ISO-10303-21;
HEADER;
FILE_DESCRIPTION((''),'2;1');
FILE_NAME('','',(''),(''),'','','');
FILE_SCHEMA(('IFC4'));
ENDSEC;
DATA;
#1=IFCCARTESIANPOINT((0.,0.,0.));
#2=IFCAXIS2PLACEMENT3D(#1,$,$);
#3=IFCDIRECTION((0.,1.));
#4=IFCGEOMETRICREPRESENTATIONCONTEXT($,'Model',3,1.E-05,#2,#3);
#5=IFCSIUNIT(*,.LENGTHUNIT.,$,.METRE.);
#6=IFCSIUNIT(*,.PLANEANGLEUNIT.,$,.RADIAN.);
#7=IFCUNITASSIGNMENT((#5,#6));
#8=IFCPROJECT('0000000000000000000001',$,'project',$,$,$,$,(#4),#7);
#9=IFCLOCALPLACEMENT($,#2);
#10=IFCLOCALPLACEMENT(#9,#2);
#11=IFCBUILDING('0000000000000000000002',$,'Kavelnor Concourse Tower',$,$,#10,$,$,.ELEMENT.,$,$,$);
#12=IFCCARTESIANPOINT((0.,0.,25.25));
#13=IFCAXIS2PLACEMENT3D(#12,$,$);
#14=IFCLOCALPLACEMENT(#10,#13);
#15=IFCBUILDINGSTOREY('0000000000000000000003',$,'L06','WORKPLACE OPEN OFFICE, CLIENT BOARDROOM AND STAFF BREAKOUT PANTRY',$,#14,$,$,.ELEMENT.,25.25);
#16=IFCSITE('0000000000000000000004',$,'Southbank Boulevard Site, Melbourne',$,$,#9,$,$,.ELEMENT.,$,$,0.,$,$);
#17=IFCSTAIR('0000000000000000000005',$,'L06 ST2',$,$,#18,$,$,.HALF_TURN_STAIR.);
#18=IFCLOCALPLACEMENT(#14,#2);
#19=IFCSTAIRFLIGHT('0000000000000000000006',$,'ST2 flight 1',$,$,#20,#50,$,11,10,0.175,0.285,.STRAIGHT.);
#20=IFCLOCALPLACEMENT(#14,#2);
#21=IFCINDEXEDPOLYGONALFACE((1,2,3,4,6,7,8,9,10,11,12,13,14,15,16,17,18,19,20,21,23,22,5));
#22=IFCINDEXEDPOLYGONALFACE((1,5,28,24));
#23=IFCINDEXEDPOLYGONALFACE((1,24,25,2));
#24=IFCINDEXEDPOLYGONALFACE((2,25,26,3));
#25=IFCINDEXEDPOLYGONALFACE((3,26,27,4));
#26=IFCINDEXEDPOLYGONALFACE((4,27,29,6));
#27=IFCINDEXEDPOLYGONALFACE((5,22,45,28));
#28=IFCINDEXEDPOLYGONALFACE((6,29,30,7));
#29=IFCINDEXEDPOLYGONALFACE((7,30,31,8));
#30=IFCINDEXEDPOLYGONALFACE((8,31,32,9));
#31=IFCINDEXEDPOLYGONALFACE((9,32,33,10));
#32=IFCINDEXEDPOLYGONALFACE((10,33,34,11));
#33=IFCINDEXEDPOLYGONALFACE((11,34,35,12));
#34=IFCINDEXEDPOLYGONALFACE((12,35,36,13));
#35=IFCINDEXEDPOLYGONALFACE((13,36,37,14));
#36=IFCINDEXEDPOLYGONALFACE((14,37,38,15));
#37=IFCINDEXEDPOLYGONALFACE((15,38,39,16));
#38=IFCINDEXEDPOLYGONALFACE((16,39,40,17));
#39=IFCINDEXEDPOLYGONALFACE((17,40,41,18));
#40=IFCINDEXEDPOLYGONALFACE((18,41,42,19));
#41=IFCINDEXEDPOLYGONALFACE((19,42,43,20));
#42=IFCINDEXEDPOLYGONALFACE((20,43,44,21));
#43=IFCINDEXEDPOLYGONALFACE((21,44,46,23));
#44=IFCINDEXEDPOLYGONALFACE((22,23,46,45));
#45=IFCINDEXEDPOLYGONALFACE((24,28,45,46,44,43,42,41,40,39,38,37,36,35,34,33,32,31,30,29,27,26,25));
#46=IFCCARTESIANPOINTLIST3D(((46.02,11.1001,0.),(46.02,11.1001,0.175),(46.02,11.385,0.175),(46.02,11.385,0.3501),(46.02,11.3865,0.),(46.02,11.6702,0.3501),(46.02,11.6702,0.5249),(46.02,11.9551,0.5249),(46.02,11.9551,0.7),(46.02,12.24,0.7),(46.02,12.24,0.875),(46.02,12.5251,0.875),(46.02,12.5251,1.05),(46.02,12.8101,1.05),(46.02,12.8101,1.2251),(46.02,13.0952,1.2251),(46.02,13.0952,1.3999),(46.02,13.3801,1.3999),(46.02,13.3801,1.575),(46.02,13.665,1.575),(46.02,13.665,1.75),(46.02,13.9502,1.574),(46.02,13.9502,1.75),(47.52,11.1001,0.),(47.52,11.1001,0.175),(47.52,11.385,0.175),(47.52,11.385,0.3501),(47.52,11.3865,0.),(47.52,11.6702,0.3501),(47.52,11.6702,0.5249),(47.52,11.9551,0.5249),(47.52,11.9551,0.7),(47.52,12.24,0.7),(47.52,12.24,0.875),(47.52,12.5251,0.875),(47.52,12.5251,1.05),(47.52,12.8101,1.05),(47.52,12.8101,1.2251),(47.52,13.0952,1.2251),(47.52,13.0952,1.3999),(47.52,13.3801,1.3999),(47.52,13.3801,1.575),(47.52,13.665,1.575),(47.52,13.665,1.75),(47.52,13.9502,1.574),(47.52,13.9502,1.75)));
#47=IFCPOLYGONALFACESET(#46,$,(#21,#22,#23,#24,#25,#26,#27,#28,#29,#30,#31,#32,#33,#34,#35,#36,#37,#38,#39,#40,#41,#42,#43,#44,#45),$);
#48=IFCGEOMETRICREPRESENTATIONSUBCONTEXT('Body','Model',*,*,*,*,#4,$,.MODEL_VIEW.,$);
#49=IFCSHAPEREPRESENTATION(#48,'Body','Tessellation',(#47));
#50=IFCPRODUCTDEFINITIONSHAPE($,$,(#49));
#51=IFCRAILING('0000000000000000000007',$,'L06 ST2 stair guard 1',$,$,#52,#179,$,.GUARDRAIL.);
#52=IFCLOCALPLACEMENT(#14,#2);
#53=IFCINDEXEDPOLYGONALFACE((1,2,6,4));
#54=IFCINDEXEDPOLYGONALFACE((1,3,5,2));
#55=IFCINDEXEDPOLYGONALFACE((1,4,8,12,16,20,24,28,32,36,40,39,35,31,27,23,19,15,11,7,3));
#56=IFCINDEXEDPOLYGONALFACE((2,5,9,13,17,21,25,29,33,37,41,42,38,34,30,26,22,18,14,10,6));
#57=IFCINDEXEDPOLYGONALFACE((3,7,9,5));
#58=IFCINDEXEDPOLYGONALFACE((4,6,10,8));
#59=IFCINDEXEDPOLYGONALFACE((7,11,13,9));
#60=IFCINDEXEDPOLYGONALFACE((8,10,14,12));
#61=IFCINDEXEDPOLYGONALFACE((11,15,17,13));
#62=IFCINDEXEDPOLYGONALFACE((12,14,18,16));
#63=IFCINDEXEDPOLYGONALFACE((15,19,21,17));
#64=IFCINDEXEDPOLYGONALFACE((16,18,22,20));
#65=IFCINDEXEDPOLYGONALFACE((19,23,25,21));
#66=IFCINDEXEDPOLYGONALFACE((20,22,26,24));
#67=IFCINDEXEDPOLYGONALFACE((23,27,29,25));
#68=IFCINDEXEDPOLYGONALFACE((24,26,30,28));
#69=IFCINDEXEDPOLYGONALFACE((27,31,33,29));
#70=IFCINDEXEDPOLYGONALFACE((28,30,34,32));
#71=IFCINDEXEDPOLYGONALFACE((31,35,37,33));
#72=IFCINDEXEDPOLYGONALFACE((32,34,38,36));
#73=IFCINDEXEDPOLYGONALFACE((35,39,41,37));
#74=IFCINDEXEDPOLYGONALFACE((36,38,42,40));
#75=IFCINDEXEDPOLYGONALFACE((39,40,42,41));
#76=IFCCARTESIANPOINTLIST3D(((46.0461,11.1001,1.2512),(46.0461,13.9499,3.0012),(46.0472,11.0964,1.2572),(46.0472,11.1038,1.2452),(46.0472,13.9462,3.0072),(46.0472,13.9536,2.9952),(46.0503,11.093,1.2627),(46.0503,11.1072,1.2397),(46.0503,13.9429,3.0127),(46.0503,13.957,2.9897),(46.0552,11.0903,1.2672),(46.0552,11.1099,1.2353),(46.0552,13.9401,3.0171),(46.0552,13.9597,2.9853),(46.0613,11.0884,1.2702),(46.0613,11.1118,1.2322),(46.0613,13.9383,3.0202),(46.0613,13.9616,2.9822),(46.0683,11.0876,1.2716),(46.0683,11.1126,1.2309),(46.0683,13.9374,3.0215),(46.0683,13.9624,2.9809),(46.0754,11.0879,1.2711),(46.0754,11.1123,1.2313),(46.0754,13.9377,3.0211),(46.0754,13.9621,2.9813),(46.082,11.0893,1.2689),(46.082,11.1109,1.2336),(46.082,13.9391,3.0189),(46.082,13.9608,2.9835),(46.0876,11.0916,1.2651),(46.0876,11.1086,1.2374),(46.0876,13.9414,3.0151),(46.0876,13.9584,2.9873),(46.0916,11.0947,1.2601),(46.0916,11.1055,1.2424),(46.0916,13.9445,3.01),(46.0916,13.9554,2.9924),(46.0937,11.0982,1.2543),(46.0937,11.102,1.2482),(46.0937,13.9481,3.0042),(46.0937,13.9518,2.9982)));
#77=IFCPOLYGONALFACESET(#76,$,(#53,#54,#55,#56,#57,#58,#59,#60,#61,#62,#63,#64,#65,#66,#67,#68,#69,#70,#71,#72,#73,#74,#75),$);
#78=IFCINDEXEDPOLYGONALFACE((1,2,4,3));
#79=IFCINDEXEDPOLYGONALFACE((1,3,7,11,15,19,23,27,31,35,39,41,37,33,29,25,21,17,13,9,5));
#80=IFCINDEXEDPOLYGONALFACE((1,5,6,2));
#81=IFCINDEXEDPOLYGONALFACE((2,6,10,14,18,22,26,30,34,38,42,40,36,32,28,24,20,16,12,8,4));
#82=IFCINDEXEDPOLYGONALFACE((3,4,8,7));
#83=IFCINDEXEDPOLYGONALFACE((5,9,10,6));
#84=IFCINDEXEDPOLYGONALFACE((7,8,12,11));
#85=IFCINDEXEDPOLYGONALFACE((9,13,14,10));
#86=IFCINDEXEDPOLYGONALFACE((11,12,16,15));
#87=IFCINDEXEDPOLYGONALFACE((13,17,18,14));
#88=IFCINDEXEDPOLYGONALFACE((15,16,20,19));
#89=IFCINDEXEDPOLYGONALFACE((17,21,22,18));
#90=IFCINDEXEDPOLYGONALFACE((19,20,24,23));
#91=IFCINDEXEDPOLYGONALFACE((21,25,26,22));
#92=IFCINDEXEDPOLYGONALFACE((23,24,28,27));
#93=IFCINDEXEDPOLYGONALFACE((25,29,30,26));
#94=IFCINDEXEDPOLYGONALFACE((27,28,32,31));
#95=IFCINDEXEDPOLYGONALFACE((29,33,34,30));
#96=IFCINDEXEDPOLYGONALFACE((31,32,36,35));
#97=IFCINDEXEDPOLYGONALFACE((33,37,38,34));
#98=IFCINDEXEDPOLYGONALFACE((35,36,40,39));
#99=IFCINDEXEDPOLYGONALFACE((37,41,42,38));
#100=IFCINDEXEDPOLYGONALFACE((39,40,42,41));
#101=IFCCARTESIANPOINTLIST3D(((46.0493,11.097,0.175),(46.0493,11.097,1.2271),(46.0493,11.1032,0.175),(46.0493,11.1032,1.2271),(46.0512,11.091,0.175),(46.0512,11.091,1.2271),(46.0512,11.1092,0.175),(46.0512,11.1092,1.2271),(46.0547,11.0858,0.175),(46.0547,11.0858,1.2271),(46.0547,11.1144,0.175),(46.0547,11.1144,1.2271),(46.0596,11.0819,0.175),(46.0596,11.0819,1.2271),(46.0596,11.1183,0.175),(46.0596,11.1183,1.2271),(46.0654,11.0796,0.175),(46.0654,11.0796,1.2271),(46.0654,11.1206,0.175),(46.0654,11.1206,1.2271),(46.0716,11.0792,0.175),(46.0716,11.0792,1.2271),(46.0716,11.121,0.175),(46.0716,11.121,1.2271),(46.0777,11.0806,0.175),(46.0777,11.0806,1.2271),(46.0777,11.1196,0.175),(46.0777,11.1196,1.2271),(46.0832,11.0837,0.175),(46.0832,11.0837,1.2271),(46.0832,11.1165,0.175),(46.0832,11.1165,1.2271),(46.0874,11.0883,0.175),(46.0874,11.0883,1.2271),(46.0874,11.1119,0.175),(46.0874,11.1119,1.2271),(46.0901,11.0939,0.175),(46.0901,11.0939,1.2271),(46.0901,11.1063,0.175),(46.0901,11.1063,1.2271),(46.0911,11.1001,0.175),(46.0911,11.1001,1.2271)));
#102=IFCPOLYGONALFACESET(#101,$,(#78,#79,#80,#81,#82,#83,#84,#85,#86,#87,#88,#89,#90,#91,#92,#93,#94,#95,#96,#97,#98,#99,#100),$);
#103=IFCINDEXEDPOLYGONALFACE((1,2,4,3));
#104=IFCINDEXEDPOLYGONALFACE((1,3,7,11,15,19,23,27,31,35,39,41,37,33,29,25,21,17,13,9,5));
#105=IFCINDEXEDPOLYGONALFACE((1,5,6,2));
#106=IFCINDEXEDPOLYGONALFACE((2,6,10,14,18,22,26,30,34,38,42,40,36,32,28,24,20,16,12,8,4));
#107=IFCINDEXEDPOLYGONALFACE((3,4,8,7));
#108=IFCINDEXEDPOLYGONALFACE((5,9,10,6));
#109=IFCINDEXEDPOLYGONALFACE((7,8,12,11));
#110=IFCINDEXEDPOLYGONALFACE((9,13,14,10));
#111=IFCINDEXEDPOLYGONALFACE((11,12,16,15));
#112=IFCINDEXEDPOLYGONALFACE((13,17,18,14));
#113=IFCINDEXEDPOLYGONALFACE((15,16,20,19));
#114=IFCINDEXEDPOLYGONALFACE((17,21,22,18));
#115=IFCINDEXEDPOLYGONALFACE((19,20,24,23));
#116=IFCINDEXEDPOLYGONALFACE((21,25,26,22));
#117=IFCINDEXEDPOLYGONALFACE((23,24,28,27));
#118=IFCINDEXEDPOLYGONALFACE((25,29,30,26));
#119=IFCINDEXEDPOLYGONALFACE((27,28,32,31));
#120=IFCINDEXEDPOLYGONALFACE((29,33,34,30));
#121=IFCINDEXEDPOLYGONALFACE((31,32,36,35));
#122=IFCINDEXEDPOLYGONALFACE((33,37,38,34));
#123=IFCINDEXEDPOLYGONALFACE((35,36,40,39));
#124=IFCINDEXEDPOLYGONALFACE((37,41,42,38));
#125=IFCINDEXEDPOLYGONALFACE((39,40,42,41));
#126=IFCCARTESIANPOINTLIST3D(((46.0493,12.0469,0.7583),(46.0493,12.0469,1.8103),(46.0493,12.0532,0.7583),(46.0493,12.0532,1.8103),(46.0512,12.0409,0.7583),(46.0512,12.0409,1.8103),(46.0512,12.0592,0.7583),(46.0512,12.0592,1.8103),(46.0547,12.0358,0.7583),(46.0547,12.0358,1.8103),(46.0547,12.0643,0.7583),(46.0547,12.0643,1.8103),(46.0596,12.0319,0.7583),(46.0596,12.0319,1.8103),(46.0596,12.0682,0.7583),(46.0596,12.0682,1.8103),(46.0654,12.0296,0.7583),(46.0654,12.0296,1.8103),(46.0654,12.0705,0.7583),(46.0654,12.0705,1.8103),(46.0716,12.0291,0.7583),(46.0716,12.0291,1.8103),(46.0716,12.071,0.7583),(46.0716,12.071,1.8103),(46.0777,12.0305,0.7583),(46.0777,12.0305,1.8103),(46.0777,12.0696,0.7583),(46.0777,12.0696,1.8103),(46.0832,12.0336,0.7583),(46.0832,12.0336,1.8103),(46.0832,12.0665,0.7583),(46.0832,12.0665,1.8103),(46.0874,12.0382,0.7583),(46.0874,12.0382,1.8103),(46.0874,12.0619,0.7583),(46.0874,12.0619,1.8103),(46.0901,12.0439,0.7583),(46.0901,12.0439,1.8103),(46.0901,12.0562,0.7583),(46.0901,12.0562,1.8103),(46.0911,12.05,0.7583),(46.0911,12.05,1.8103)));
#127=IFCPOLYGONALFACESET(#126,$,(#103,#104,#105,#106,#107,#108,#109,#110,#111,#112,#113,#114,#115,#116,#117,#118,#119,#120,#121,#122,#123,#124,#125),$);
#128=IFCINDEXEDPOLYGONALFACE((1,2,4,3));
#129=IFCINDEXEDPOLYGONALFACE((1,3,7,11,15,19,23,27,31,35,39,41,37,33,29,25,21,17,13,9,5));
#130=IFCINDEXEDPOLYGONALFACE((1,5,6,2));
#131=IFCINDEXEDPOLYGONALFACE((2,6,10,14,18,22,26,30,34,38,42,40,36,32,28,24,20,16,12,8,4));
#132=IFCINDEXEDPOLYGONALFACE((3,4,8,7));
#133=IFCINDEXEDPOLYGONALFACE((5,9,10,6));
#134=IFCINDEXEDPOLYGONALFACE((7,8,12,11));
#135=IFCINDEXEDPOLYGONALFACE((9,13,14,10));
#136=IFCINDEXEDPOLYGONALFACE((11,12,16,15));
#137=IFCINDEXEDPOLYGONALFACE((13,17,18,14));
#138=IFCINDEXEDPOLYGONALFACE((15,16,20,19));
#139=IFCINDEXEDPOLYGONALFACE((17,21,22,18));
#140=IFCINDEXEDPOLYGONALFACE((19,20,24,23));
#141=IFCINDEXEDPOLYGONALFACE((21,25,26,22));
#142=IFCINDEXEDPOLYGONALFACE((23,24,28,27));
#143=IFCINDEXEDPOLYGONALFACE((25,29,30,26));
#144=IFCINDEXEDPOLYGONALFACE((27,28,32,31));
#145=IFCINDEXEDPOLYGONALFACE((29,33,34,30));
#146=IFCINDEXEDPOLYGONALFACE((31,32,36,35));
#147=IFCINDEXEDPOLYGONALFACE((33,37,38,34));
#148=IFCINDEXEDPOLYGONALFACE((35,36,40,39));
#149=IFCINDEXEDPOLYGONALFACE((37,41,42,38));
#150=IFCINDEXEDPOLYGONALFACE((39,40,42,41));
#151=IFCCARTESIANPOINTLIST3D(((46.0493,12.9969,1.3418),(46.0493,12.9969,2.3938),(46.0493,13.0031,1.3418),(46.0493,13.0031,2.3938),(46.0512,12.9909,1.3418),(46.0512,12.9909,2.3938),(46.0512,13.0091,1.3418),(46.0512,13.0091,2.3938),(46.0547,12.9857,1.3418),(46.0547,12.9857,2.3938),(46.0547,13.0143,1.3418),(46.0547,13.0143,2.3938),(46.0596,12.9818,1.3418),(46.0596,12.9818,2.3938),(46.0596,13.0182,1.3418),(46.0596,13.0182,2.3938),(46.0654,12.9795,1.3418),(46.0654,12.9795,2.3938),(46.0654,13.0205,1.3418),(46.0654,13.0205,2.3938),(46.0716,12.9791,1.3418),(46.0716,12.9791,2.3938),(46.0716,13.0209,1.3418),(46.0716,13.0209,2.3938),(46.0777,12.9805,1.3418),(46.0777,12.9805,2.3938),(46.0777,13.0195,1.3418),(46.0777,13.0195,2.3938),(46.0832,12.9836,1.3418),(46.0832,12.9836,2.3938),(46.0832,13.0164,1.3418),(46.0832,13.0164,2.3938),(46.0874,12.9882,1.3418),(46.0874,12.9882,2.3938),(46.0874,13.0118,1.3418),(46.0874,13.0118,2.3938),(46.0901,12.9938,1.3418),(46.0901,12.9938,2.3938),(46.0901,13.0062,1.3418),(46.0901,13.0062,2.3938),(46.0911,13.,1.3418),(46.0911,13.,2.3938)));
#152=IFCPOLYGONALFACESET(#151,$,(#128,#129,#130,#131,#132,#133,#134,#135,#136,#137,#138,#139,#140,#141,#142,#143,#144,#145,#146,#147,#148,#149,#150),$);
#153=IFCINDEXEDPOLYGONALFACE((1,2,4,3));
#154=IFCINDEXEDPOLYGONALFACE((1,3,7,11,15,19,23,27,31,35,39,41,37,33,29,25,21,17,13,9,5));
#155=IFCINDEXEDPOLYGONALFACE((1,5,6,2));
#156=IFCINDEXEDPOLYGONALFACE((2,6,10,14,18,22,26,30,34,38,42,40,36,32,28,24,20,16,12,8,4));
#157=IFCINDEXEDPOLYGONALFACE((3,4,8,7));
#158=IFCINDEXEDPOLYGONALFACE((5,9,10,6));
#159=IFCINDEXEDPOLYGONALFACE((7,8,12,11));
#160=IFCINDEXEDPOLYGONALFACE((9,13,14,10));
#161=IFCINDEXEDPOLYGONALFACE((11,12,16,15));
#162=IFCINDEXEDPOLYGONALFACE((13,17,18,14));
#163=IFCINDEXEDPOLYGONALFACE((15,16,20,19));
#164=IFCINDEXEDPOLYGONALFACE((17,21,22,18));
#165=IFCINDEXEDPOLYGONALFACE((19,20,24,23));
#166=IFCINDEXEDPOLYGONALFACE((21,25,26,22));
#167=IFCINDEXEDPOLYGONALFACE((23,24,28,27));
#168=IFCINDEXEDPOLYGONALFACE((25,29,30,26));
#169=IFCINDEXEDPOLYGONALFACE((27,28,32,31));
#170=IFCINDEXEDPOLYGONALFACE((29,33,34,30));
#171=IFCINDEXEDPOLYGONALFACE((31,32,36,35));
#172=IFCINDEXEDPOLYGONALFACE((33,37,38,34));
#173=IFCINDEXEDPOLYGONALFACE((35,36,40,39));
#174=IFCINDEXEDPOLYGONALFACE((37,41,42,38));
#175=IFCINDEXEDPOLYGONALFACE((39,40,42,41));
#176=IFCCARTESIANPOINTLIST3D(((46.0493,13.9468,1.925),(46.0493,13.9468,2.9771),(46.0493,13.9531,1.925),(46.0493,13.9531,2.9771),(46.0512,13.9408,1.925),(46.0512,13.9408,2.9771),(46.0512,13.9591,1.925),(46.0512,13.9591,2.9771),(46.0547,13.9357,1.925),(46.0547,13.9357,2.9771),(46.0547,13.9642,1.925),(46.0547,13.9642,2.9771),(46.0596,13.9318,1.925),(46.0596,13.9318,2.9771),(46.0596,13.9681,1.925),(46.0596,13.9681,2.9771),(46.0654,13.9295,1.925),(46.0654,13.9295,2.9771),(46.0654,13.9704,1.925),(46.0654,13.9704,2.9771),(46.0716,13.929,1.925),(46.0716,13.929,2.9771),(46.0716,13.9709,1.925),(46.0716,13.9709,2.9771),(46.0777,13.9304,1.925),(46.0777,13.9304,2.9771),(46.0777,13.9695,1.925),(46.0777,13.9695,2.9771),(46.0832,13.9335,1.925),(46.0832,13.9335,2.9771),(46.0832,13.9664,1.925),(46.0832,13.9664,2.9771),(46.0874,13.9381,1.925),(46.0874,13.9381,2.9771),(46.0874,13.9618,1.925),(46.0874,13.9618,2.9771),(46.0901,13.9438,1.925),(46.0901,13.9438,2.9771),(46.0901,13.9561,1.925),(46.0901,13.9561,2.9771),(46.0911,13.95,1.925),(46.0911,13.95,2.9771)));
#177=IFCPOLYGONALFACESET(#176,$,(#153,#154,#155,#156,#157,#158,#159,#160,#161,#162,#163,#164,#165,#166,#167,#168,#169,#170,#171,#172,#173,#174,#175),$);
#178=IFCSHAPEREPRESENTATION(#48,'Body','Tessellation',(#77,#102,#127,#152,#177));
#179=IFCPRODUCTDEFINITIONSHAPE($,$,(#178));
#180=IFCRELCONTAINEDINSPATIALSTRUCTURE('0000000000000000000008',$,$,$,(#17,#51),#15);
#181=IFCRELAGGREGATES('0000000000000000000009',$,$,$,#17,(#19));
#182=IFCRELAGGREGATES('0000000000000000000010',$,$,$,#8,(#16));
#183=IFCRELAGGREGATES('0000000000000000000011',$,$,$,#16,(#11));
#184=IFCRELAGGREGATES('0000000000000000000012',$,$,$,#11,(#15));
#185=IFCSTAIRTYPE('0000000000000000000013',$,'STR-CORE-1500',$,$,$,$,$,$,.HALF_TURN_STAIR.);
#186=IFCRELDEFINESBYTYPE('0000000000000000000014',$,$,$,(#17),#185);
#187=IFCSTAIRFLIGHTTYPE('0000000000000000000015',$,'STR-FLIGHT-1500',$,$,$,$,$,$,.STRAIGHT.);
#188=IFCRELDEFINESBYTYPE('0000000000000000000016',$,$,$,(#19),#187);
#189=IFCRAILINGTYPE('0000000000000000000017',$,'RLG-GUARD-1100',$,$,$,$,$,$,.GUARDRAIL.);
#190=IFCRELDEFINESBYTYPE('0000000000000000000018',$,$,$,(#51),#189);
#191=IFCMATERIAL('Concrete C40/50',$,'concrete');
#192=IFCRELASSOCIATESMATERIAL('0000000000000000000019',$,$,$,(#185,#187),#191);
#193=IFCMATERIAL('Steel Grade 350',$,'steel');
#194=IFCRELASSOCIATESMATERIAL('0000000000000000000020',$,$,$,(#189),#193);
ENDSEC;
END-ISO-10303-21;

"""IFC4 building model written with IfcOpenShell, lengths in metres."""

from ifc_helpers import new_model, si_unit, direction, frame, origin, origin_2d, place, context, subcontext, project, spatial, polyline, circle, outline, extrude, material, type_object, element, aggregate, save


model = new_model("IFC4")

# Units and contexts
model_context = context("Model", 3, precision=1e-05, world=origin(), true_north=direction((0.0, 1.0)))
body_context = subcontext(model_context, "Body", "Model", "MODEL_VIEW")
ifc_project = project(units=[si_unit("LENGTHUNIT", "METRE"), si_unit("PLANEANGLEUNIT", "RADIAN")], contexts=[model_context])

# Site, building, storey
site_placement = place(None, origin())
site = spatial("IfcSite", under=ifc_project, at=site_placement, Name="Southbank Boulevard Site, Melbourne", CompositionType="ELEMENT", RefElevation=0.0)
building_placement = place(site_placement, origin())
building = spatial("IfcBuilding", under=site, at=building_placement, Name="Kavelnor Concourse Tower", CompositionType="ELEMENT")
storey_placement = place(building_placement, frame((0.0, 0.0, 25.25)))
storey = spatial("IfcBuildingStorey", under=building, at=storey_placement, Name="L06", Description="WORKPLACE OPEN OFFICE, CLIENT BOARDROOM AND STAFF BREAKOUT PANTRY", CompositionType="ELEMENT", Elevation=25.25)

# Shared definitions
ifc_material_1 = material(Name="Steel Grade 350", Category="steel")

# Stair, stair flight
ifc_material_2 = material(Name="Concrete C40/50", Category="concrete")
stair_type = type_object("IfcStairType", Name="STR-CORE-1500", PredefinedType="HALF_TURN_STAIR", material=ifc_material_2)
stair_placement = place(storey_placement, origin())
stair = element("IfcStair", 1, at=stair_placement, inside=storey, type_object=stair_type, Name="L06 ST2", PredefinedType="HALF_TURN_STAIR")
stair_flight_type = type_object("IfcStairFlightType", Name="STR-FLIGHT-1500", PredefinedType="STRAIGHT", material=ifc_material_2)
stair_flight_placement = place(storey_placement, frame((46.77, 11.1001, 0.0), z_axis=(0.0, 0.0, 1.0), x_axis=(0.0, 1.0, 0.0)))
stair_flight = element("IfcStairFlight", 2, at=stair_flight_placement, type_object=stair_flight_type, Name="ST2 flight 1", NumberOfRisers=11, NumberOfTreads=10, PredefinedType="STRAIGHT", RiserHeight=0.175, TreadLength=0.285, context=body_context, shape_type="SweptSolid", body=[
    extrude(outline(polyline([(0.0, 0.0), (0.0, 0.175), (0.2849, 0.175), (0.2849, 0.3501), (0.5701, 0.3501), (0.5701, 0.5249), (0.855, 0.5249), (0.855, 0.7), (1.1399, 0.7), (1.1399, 0.875), (1.425, 0.875), (1.425, 1.05), (1.71, 1.05), (1.71, 1.2251), (1.9951, 1.2251), (1.9951, 1.3999), (2.28, 1.3999), (2.28, 1.575), (2.5649, 1.575), (2.5649, 1.75), (2.8501, 1.75), (2.8501, 1.925), (2.8501, 1.574), (0.2864, 0.0), (0.0, 0.0)])), frame((0.0, 0.75, 0.0), z_axis=(0.0, -1.0, 0.0), x_axis=(1.0, 0.0, 0.0)), (0.0, 0.0, 1.0), 1.5),
])
aggregate(stair, [stair_flight])

# Railing
railing_type_1 = type_object("IfcRailingType", Name="RLG-GUARD-1100", PredefinedType="GUARDRAIL", material=ifc_material_1)
railing_1_placement = place(storey_placement, frame((46.0701, 11.1001, 0.175)))
element("IfcRailing", 3, at=railing_1_placement, inside=storey, type_object=railing_type_1, Name="L06 ST2 stair guard 1", PredefinedType="GUARDRAIL", context=body_context, shape_type="SweptSolid", body=[
    extrude(circle(Radius=0.0239, at=origin_2d()), frame((0.0, 0.0, 1.0762), z_axis=(0.0, 0.852159, 0.523283), x_axis=(-1.0, 0.0, 0.0)), (0.0, 0.0, 1.0), 3.3442),
    extrude(circle(Radius=0.021, at=origin_2d()), origin(), (0.0, 0.0, 1.0), 1.052),
    extrude(circle(Radius=0.021, at=origin_2d()), frame((0.0, 0.95, 0.5833)), (0.0, 0.0, 1.0), 1.052),
    extrude(circle(Radius=0.021, at=origin_2d()), frame((0.0, 1.8999, 1.1667)), (0.0, 0.0, 1.0), 1.052),
    extrude(circle(Radius=0.021, at=origin_2d()), frame((0.0, 2.8499, 1.75)), (0.0, 0.0, 1.0), 1.052),
])

save(model, "model.ifc")
